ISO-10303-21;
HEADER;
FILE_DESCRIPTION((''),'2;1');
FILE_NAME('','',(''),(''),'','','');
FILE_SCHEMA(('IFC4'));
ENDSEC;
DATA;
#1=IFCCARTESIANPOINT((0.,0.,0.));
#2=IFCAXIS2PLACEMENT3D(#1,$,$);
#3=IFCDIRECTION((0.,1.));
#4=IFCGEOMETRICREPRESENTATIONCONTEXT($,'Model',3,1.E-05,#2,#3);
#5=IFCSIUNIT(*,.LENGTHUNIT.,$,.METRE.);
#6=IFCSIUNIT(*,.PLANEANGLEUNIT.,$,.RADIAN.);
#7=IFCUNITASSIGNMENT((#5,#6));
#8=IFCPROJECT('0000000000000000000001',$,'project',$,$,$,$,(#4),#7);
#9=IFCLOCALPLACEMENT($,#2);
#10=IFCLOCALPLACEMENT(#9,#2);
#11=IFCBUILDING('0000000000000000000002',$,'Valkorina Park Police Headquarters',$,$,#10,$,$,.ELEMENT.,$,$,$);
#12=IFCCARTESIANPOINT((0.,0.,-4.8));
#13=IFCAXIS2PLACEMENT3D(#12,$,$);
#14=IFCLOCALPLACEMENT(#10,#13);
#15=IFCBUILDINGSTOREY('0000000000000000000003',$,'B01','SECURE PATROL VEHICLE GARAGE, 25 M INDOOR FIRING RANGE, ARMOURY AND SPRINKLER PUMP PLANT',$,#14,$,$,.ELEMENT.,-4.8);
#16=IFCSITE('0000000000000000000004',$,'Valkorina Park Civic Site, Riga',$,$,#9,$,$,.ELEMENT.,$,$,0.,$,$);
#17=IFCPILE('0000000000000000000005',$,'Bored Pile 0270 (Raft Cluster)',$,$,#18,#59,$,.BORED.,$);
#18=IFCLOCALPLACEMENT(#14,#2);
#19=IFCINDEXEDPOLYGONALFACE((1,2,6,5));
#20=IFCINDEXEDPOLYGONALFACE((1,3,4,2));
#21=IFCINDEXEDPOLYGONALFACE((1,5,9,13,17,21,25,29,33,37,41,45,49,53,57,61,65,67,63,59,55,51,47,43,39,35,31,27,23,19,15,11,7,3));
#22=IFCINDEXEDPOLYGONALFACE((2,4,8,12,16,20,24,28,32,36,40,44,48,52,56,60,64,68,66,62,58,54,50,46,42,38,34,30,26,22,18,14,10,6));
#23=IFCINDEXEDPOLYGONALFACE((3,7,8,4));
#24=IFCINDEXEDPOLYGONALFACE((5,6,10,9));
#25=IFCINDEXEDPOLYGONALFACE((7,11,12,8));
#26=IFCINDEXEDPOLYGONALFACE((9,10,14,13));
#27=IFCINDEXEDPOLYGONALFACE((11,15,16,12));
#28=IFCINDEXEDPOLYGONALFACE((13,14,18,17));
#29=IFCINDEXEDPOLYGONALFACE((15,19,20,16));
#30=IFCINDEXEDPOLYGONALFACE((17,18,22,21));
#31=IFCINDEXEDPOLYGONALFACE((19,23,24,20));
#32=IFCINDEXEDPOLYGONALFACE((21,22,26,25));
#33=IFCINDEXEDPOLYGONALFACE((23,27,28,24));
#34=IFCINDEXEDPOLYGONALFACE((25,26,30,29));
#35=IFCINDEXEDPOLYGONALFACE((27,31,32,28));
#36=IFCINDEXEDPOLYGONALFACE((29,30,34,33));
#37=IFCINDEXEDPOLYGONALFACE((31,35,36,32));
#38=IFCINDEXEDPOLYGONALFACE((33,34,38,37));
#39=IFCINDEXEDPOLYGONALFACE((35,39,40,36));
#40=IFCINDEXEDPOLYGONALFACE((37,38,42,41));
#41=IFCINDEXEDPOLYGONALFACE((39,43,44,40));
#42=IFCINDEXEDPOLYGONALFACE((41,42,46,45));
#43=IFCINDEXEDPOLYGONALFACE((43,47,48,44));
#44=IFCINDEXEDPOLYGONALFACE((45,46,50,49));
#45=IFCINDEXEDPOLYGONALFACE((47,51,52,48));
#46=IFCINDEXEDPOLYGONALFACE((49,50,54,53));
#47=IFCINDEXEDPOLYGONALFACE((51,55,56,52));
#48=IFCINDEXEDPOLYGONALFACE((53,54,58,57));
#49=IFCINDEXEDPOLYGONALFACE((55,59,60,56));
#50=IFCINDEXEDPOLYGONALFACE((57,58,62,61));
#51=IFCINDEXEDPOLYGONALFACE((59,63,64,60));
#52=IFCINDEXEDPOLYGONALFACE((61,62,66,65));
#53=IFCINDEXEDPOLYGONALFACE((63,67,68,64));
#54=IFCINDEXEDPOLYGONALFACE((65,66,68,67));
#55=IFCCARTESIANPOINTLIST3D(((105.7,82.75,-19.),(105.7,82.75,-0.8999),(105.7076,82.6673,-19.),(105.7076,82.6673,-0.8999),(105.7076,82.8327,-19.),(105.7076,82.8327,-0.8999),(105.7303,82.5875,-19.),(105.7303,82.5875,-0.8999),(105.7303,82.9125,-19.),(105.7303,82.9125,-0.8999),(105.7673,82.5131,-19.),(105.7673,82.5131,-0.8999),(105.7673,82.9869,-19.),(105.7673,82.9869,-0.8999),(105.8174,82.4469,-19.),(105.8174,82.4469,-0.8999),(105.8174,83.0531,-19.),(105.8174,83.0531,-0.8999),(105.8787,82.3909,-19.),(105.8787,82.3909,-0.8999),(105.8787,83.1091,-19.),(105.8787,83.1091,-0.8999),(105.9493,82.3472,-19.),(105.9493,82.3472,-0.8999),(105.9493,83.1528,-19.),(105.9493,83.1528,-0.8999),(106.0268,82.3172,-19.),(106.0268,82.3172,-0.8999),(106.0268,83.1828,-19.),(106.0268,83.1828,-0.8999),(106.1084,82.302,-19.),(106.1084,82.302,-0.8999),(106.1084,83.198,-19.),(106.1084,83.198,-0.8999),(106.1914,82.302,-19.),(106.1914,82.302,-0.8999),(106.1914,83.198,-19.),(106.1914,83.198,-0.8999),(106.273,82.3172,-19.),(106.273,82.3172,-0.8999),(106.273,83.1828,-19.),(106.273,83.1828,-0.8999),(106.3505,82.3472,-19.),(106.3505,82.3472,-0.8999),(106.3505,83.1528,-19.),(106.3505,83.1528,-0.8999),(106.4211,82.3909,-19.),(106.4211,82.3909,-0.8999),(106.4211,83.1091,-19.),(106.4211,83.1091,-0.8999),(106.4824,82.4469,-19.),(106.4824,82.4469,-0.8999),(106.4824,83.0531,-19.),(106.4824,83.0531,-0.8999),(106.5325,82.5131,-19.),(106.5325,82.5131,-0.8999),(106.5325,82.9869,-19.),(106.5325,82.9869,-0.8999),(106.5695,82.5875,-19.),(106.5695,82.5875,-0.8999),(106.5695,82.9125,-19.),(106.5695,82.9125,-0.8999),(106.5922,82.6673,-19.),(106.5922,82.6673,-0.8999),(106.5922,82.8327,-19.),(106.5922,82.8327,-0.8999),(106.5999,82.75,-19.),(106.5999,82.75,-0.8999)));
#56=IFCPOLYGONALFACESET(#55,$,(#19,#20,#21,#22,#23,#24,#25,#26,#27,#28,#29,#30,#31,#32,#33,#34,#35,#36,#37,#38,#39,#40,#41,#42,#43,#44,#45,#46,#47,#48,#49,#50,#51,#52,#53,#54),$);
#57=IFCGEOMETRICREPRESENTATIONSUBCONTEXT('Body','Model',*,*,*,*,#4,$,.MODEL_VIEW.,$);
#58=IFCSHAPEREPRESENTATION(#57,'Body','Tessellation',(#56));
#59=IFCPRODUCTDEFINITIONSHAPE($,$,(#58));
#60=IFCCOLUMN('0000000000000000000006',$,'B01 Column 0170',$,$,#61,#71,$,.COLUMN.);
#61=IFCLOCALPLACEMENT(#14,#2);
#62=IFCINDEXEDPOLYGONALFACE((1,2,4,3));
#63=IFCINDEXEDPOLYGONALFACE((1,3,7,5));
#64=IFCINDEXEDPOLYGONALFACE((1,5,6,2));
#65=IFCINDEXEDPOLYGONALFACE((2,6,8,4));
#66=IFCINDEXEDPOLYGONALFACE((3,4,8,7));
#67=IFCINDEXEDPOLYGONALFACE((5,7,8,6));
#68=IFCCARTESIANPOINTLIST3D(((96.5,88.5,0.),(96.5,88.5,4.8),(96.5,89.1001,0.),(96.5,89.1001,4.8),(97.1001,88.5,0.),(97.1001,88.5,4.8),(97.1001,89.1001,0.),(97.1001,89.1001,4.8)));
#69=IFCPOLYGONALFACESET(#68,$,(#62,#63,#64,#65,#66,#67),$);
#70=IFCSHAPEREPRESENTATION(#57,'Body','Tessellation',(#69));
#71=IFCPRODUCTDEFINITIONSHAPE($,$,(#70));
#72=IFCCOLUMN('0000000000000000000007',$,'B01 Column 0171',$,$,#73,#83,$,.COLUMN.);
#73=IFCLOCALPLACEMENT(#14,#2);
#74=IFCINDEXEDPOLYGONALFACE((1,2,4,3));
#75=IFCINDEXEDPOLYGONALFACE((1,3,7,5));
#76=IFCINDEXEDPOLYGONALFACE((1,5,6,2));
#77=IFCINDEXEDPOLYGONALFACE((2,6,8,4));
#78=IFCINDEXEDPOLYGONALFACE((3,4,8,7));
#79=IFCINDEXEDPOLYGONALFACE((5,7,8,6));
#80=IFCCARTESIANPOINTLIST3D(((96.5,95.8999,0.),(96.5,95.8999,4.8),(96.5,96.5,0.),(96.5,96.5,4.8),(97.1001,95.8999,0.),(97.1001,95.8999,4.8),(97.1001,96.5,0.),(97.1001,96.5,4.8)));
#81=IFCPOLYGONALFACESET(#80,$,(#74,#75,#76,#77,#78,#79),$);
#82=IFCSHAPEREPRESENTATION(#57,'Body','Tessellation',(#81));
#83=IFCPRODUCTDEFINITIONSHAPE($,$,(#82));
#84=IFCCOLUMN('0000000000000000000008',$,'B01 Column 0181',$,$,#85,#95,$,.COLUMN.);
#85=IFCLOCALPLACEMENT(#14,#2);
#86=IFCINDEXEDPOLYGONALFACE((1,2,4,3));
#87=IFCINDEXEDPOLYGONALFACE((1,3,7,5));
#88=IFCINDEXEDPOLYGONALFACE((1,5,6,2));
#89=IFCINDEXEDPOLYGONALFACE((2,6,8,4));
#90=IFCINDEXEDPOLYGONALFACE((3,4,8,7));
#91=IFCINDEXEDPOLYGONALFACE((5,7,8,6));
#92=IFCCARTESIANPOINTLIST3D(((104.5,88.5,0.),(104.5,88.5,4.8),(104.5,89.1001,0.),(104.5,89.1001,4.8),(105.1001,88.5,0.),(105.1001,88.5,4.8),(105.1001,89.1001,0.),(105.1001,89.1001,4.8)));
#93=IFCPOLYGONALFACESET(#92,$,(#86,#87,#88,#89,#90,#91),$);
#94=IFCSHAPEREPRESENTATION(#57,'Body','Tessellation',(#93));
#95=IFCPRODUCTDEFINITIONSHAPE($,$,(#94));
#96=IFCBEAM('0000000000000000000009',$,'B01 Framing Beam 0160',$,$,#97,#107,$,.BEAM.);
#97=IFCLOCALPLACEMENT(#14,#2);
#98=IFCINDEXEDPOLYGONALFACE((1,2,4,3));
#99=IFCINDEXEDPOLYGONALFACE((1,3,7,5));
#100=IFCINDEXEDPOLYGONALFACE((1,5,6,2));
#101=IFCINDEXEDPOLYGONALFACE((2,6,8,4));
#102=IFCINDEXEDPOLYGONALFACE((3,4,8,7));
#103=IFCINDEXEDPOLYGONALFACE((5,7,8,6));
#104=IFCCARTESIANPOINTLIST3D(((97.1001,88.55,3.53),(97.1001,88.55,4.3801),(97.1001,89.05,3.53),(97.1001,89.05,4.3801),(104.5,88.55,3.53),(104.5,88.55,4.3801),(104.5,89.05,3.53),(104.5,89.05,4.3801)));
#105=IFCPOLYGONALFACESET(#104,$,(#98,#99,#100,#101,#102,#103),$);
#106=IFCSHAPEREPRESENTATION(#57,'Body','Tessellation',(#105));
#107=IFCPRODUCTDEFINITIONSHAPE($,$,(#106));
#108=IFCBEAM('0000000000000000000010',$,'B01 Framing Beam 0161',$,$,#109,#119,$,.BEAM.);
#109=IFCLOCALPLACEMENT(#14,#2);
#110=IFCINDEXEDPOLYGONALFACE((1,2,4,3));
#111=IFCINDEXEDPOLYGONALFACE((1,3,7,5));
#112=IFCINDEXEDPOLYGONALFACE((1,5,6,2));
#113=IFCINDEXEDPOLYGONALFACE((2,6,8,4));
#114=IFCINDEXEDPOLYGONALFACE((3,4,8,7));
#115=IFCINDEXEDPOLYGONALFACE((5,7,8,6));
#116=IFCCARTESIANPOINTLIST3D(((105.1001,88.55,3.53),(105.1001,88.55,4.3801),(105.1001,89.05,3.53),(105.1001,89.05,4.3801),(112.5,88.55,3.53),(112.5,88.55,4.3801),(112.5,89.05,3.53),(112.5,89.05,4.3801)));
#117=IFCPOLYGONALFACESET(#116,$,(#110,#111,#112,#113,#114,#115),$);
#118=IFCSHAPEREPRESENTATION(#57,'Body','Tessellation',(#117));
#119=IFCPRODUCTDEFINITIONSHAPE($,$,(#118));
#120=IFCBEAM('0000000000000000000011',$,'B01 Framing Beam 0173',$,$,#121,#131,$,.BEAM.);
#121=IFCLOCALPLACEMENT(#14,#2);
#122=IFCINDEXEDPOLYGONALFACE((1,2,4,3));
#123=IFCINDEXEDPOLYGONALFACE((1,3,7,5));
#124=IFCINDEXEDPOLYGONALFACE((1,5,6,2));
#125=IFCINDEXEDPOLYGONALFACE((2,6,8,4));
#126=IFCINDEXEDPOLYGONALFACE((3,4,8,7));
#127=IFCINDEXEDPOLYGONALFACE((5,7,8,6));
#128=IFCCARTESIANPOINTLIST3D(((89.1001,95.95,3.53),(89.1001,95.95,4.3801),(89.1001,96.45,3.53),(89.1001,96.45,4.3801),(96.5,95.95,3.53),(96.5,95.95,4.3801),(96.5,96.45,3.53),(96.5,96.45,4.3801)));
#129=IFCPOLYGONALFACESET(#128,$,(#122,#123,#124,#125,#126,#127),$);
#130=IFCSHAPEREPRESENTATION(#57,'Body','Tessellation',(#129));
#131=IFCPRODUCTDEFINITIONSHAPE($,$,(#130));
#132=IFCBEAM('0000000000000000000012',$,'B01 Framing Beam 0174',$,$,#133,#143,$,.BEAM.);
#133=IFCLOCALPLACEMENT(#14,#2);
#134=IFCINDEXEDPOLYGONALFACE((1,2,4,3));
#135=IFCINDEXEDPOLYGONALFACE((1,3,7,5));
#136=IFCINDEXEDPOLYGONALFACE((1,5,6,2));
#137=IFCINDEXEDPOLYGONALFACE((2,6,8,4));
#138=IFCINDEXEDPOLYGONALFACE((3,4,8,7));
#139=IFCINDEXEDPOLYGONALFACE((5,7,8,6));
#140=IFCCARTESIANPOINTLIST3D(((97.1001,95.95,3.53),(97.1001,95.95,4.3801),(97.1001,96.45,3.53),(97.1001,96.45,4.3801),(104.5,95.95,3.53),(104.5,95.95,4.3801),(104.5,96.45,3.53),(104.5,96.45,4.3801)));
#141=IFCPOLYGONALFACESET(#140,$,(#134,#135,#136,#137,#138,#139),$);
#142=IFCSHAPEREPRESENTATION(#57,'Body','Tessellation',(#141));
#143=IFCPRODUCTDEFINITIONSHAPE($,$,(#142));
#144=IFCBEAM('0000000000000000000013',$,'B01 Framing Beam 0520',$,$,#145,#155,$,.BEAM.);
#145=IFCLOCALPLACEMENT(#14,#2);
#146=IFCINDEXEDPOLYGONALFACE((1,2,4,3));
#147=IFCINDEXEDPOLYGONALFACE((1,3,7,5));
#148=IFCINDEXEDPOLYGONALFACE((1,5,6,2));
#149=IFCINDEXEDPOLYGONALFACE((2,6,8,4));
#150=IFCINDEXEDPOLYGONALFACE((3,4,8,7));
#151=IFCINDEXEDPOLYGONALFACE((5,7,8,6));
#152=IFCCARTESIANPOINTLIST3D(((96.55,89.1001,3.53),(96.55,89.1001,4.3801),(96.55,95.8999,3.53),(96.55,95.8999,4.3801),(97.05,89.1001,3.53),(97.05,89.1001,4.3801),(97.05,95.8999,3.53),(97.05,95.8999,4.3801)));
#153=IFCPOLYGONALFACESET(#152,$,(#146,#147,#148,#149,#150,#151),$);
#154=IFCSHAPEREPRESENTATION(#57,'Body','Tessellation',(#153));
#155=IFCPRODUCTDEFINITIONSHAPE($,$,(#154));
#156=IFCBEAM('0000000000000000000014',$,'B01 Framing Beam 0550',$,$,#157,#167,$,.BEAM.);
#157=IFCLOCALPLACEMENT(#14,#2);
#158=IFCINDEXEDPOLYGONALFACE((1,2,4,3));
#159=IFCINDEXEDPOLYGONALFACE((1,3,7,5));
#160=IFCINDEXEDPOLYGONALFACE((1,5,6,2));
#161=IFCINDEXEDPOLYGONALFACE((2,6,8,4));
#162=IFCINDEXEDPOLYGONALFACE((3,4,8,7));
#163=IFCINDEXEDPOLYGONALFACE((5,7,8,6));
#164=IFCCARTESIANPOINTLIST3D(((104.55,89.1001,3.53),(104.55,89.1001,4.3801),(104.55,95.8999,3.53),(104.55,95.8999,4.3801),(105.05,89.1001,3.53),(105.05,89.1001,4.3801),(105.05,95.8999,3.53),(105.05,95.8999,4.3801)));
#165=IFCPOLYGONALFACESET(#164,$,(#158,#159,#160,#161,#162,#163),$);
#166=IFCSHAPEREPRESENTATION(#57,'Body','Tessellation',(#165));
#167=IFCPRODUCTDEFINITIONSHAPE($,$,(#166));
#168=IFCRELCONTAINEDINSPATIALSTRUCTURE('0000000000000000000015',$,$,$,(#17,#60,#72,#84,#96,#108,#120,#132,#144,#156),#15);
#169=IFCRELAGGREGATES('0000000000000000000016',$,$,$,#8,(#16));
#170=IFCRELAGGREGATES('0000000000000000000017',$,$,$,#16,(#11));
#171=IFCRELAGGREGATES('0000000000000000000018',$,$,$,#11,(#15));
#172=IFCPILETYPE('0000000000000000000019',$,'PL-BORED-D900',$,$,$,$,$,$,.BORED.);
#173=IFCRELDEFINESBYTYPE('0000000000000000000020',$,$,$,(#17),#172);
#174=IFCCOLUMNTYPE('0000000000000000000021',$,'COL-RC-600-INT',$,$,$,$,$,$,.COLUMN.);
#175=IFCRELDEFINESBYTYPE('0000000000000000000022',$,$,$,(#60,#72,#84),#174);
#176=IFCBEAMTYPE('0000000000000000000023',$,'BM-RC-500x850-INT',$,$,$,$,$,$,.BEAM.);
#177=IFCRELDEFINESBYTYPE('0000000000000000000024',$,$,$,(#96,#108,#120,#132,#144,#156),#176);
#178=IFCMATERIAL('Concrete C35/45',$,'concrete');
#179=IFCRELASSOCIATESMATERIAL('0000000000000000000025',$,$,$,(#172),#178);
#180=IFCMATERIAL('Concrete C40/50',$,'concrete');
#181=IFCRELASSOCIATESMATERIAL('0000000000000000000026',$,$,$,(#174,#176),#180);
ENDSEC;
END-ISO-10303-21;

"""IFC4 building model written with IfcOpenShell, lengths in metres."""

from ifc_helpers import new_model, si_unit, direction, frame, origin, origin_2d, place, context, subcontext, project, spatial, rectangle, circle, extrude, material, material_profile, profile_set, type_object, element, save


model = new_model("IFC4")

# Units and contexts
model_context = context("Model", 3, precision=1e-05, world=origin(), true_north=direction((0.0, 1.0)))
body_context = subcontext(model_context, "Body", "Model", "MODEL_VIEW")
ifc_project = project(units=[si_unit("LENGTHUNIT", "METRE"), si_unit("PLANEANGLEUNIT", "RADIAN")], contexts=[model_context])

# Site, building, storey
site_placement = place(None, origin())
site = spatial("IfcSite", under=ifc_project, at=site_placement, Name="Valkorina Park Civic Site, Riga", CompositionType="ELEMENT", RefElevation=0.0)
building_placement = place(site_placement, origin())
building = spatial("IfcBuilding", under=site, at=building_placement, Name="Valkorina Park Police Headquarters", CompositionType="ELEMENT")
storey_placement = place(building_placement, frame((0.0, 0.0, -4.8)))
storey = spatial("IfcBuildingStorey", under=building, at=storey_placement, Name="B01", Description="SECURE PATROL VEHICLE GARAGE, 25 M INDOOR FIRING RANGE, ARMOURY AND SPRINKLER PUMP PLANT", CompositionType="ELEMENT", Elevation=-4.8)

# Pile
ifc_material_1 = material(Name="Concrete C35/45", Category="concrete")
ifc_material_profile_1 = material_profile(ifc_material_1, circle(Radius=0.45, at=origin_2d()), Name="BORED PILE D900")
ifc_profile_set_1 = profile_set([ifc_material_profile_1], Name="Concrete C35/45")
pile_type_1 = type_object("IfcPileType", Name="PL-BORED-D900", PredefinedType="BORED", material=ifc_profile_set_1)
pile_1_placement = place(storey_placement, frame((106.1499, 82.75, -0.8999), z_axis=(0.0, 0.0, -1.0), x_axis=(1.0, 0.0, 0.0)))
element("IfcPile", 1, at=pile_1_placement, inside=storey, type_object=pile_type_1, Name="Bored Pile 0270 (Raft Cluster)", PredefinedType="BORED", context=body_context, shape_type="SweptSolid", body=[
    extrude(circle(Radius=0.45, at=origin_2d()), origin(), (0.0, 0.0, 1.0), 18.1001),
])

# Columns
ifc_material_2 = material(Name="Concrete C40/50", Category="concrete")
ifc_material_profile_2 = material_profile(ifc_material_2, rectangle(XDim=0.6001, YDim=0.6001, at=origin_2d()), Name="RC COL 600x600")
ifc_profile_set_2 = profile_set([ifc_material_profile_2], Name="Concrete C40/50")
column_type = type_object("IfcColumnType", Name="COL-RC-600-INT", PredefinedType="COLUMN", material=ifc_profile_set_2)
for number, where, z_axis, x_axis, name in (
    (2, (96.8, 88.8, 0.0), (0.0, 0.0, 1.0), (1.0, 0.0, 0.0), "B01 Column 0170"),
    (3, (96.8, 96.2, 0.0), (0.0, 0.0, 1.0), (1.0, 0.0, 0.0), "B01 Column 0171"),
    (4, (104.8, 88.8, 0.0), (0.0, 0.0, 1.0), (1.0, 0.0, 0.0), "B01 Column 0181"),
):
    element("IfcColumn", number, at=place(storey_placement, frame(where, z_axis=z_axis, x_axis=x_axis)), inside=storey, type_object=column_type, Name=name, PredefinedType="COLUMN", context=body_context, shape_type="SweptSolid", body=[
        extrude(rectangle(XDim=0.6001, YDim=0.6001, at=origin_2d()), origin(), (0.0, 0.0, 1.0), 4.8),
    ])

# Beams
ifc_material_profile_3 = material_profile(ifc_material_2, rectangle(XDim=0.5, YDim=0.8501, at=origin_2d()), Name="RC BEAM 500x850")
ifc_profile_set_3 = profile_set([ifc_material_profile_3], Name="Concrete C40/50")
beam_type_1 = type_object("IfcBeamType", Name="BM-RC-500x850-INT", PredefinedType="BEAM", material=ifc_profile_set_3)
for number, where, z_axis, x_axis, name in (
    (5, (97.1001, 88.8, 3.9551), (1.0, 0.0, 0.0), (0.0, 1.0, 0.0), "B01 Framing Beam 0160"),
    (6, (105.1001, 88.8, 3.9551), (1.0, 0.0, 0.0), (0.0, 1.0, 0.0), "B01 Framing Beam 0161"),
    (7, (89.1001, 96.2, 3.9551), (1.0, 0.0, 0.0), (0.0, 1.0, 0.0), "B01 Framing Beam 0173"),
    (8, (97.1001, 96.2, 3.9551), (1.0, 0.0, 0.0), (0.0, 1.0, 0.0), "B01 Framing Beam 0174"),
):
    element("IfcBeam", number, at=place(storey_placement, frame(where, z_axis=z_axis, x_axis=x_axis)), inside=storey, type_object=beam_type_1, Name=name, PredefinedType="BEAM", context=body_context, shape_type="SweptSolid", body=[
        extrude(rectangle(XDim=0.5, YDim=0.8501, at=origin_2d()), origin(), (0.0, 0.0, 1.0), 7.3999),
    ])
for number, where, z_axis, x_axis, name in (
    (9, (96.8, 89.1001, 3.9551), (0.0, 1.0, 0.0), (-1.0, 0.0, 0.0), "B01 Framing Beam 0520"),
    (10, (104.8, 89.1001, 3.9551), (0.0, 1.0, 0.0), (-1.0, 0.0, 0.0), "B01 Framing Beam 0550"),
):
    element("IfcBeam", number, at=place(storey_placement, frame(where, z_axis=z_axis, x_axis=x_axis)), inside=storey, type_object=beam_type_1, Name=name, PredefinedType="BEAM", context=body_context, shape_type="SweptSolid", body=[
        extrude(rectangle(XDim=0.5, YDim=0.8501, at=origin_2d()), origin(), (0.0, 0.0, 1.0), 6.7998),
    ])

save(model, "model.ifc")
